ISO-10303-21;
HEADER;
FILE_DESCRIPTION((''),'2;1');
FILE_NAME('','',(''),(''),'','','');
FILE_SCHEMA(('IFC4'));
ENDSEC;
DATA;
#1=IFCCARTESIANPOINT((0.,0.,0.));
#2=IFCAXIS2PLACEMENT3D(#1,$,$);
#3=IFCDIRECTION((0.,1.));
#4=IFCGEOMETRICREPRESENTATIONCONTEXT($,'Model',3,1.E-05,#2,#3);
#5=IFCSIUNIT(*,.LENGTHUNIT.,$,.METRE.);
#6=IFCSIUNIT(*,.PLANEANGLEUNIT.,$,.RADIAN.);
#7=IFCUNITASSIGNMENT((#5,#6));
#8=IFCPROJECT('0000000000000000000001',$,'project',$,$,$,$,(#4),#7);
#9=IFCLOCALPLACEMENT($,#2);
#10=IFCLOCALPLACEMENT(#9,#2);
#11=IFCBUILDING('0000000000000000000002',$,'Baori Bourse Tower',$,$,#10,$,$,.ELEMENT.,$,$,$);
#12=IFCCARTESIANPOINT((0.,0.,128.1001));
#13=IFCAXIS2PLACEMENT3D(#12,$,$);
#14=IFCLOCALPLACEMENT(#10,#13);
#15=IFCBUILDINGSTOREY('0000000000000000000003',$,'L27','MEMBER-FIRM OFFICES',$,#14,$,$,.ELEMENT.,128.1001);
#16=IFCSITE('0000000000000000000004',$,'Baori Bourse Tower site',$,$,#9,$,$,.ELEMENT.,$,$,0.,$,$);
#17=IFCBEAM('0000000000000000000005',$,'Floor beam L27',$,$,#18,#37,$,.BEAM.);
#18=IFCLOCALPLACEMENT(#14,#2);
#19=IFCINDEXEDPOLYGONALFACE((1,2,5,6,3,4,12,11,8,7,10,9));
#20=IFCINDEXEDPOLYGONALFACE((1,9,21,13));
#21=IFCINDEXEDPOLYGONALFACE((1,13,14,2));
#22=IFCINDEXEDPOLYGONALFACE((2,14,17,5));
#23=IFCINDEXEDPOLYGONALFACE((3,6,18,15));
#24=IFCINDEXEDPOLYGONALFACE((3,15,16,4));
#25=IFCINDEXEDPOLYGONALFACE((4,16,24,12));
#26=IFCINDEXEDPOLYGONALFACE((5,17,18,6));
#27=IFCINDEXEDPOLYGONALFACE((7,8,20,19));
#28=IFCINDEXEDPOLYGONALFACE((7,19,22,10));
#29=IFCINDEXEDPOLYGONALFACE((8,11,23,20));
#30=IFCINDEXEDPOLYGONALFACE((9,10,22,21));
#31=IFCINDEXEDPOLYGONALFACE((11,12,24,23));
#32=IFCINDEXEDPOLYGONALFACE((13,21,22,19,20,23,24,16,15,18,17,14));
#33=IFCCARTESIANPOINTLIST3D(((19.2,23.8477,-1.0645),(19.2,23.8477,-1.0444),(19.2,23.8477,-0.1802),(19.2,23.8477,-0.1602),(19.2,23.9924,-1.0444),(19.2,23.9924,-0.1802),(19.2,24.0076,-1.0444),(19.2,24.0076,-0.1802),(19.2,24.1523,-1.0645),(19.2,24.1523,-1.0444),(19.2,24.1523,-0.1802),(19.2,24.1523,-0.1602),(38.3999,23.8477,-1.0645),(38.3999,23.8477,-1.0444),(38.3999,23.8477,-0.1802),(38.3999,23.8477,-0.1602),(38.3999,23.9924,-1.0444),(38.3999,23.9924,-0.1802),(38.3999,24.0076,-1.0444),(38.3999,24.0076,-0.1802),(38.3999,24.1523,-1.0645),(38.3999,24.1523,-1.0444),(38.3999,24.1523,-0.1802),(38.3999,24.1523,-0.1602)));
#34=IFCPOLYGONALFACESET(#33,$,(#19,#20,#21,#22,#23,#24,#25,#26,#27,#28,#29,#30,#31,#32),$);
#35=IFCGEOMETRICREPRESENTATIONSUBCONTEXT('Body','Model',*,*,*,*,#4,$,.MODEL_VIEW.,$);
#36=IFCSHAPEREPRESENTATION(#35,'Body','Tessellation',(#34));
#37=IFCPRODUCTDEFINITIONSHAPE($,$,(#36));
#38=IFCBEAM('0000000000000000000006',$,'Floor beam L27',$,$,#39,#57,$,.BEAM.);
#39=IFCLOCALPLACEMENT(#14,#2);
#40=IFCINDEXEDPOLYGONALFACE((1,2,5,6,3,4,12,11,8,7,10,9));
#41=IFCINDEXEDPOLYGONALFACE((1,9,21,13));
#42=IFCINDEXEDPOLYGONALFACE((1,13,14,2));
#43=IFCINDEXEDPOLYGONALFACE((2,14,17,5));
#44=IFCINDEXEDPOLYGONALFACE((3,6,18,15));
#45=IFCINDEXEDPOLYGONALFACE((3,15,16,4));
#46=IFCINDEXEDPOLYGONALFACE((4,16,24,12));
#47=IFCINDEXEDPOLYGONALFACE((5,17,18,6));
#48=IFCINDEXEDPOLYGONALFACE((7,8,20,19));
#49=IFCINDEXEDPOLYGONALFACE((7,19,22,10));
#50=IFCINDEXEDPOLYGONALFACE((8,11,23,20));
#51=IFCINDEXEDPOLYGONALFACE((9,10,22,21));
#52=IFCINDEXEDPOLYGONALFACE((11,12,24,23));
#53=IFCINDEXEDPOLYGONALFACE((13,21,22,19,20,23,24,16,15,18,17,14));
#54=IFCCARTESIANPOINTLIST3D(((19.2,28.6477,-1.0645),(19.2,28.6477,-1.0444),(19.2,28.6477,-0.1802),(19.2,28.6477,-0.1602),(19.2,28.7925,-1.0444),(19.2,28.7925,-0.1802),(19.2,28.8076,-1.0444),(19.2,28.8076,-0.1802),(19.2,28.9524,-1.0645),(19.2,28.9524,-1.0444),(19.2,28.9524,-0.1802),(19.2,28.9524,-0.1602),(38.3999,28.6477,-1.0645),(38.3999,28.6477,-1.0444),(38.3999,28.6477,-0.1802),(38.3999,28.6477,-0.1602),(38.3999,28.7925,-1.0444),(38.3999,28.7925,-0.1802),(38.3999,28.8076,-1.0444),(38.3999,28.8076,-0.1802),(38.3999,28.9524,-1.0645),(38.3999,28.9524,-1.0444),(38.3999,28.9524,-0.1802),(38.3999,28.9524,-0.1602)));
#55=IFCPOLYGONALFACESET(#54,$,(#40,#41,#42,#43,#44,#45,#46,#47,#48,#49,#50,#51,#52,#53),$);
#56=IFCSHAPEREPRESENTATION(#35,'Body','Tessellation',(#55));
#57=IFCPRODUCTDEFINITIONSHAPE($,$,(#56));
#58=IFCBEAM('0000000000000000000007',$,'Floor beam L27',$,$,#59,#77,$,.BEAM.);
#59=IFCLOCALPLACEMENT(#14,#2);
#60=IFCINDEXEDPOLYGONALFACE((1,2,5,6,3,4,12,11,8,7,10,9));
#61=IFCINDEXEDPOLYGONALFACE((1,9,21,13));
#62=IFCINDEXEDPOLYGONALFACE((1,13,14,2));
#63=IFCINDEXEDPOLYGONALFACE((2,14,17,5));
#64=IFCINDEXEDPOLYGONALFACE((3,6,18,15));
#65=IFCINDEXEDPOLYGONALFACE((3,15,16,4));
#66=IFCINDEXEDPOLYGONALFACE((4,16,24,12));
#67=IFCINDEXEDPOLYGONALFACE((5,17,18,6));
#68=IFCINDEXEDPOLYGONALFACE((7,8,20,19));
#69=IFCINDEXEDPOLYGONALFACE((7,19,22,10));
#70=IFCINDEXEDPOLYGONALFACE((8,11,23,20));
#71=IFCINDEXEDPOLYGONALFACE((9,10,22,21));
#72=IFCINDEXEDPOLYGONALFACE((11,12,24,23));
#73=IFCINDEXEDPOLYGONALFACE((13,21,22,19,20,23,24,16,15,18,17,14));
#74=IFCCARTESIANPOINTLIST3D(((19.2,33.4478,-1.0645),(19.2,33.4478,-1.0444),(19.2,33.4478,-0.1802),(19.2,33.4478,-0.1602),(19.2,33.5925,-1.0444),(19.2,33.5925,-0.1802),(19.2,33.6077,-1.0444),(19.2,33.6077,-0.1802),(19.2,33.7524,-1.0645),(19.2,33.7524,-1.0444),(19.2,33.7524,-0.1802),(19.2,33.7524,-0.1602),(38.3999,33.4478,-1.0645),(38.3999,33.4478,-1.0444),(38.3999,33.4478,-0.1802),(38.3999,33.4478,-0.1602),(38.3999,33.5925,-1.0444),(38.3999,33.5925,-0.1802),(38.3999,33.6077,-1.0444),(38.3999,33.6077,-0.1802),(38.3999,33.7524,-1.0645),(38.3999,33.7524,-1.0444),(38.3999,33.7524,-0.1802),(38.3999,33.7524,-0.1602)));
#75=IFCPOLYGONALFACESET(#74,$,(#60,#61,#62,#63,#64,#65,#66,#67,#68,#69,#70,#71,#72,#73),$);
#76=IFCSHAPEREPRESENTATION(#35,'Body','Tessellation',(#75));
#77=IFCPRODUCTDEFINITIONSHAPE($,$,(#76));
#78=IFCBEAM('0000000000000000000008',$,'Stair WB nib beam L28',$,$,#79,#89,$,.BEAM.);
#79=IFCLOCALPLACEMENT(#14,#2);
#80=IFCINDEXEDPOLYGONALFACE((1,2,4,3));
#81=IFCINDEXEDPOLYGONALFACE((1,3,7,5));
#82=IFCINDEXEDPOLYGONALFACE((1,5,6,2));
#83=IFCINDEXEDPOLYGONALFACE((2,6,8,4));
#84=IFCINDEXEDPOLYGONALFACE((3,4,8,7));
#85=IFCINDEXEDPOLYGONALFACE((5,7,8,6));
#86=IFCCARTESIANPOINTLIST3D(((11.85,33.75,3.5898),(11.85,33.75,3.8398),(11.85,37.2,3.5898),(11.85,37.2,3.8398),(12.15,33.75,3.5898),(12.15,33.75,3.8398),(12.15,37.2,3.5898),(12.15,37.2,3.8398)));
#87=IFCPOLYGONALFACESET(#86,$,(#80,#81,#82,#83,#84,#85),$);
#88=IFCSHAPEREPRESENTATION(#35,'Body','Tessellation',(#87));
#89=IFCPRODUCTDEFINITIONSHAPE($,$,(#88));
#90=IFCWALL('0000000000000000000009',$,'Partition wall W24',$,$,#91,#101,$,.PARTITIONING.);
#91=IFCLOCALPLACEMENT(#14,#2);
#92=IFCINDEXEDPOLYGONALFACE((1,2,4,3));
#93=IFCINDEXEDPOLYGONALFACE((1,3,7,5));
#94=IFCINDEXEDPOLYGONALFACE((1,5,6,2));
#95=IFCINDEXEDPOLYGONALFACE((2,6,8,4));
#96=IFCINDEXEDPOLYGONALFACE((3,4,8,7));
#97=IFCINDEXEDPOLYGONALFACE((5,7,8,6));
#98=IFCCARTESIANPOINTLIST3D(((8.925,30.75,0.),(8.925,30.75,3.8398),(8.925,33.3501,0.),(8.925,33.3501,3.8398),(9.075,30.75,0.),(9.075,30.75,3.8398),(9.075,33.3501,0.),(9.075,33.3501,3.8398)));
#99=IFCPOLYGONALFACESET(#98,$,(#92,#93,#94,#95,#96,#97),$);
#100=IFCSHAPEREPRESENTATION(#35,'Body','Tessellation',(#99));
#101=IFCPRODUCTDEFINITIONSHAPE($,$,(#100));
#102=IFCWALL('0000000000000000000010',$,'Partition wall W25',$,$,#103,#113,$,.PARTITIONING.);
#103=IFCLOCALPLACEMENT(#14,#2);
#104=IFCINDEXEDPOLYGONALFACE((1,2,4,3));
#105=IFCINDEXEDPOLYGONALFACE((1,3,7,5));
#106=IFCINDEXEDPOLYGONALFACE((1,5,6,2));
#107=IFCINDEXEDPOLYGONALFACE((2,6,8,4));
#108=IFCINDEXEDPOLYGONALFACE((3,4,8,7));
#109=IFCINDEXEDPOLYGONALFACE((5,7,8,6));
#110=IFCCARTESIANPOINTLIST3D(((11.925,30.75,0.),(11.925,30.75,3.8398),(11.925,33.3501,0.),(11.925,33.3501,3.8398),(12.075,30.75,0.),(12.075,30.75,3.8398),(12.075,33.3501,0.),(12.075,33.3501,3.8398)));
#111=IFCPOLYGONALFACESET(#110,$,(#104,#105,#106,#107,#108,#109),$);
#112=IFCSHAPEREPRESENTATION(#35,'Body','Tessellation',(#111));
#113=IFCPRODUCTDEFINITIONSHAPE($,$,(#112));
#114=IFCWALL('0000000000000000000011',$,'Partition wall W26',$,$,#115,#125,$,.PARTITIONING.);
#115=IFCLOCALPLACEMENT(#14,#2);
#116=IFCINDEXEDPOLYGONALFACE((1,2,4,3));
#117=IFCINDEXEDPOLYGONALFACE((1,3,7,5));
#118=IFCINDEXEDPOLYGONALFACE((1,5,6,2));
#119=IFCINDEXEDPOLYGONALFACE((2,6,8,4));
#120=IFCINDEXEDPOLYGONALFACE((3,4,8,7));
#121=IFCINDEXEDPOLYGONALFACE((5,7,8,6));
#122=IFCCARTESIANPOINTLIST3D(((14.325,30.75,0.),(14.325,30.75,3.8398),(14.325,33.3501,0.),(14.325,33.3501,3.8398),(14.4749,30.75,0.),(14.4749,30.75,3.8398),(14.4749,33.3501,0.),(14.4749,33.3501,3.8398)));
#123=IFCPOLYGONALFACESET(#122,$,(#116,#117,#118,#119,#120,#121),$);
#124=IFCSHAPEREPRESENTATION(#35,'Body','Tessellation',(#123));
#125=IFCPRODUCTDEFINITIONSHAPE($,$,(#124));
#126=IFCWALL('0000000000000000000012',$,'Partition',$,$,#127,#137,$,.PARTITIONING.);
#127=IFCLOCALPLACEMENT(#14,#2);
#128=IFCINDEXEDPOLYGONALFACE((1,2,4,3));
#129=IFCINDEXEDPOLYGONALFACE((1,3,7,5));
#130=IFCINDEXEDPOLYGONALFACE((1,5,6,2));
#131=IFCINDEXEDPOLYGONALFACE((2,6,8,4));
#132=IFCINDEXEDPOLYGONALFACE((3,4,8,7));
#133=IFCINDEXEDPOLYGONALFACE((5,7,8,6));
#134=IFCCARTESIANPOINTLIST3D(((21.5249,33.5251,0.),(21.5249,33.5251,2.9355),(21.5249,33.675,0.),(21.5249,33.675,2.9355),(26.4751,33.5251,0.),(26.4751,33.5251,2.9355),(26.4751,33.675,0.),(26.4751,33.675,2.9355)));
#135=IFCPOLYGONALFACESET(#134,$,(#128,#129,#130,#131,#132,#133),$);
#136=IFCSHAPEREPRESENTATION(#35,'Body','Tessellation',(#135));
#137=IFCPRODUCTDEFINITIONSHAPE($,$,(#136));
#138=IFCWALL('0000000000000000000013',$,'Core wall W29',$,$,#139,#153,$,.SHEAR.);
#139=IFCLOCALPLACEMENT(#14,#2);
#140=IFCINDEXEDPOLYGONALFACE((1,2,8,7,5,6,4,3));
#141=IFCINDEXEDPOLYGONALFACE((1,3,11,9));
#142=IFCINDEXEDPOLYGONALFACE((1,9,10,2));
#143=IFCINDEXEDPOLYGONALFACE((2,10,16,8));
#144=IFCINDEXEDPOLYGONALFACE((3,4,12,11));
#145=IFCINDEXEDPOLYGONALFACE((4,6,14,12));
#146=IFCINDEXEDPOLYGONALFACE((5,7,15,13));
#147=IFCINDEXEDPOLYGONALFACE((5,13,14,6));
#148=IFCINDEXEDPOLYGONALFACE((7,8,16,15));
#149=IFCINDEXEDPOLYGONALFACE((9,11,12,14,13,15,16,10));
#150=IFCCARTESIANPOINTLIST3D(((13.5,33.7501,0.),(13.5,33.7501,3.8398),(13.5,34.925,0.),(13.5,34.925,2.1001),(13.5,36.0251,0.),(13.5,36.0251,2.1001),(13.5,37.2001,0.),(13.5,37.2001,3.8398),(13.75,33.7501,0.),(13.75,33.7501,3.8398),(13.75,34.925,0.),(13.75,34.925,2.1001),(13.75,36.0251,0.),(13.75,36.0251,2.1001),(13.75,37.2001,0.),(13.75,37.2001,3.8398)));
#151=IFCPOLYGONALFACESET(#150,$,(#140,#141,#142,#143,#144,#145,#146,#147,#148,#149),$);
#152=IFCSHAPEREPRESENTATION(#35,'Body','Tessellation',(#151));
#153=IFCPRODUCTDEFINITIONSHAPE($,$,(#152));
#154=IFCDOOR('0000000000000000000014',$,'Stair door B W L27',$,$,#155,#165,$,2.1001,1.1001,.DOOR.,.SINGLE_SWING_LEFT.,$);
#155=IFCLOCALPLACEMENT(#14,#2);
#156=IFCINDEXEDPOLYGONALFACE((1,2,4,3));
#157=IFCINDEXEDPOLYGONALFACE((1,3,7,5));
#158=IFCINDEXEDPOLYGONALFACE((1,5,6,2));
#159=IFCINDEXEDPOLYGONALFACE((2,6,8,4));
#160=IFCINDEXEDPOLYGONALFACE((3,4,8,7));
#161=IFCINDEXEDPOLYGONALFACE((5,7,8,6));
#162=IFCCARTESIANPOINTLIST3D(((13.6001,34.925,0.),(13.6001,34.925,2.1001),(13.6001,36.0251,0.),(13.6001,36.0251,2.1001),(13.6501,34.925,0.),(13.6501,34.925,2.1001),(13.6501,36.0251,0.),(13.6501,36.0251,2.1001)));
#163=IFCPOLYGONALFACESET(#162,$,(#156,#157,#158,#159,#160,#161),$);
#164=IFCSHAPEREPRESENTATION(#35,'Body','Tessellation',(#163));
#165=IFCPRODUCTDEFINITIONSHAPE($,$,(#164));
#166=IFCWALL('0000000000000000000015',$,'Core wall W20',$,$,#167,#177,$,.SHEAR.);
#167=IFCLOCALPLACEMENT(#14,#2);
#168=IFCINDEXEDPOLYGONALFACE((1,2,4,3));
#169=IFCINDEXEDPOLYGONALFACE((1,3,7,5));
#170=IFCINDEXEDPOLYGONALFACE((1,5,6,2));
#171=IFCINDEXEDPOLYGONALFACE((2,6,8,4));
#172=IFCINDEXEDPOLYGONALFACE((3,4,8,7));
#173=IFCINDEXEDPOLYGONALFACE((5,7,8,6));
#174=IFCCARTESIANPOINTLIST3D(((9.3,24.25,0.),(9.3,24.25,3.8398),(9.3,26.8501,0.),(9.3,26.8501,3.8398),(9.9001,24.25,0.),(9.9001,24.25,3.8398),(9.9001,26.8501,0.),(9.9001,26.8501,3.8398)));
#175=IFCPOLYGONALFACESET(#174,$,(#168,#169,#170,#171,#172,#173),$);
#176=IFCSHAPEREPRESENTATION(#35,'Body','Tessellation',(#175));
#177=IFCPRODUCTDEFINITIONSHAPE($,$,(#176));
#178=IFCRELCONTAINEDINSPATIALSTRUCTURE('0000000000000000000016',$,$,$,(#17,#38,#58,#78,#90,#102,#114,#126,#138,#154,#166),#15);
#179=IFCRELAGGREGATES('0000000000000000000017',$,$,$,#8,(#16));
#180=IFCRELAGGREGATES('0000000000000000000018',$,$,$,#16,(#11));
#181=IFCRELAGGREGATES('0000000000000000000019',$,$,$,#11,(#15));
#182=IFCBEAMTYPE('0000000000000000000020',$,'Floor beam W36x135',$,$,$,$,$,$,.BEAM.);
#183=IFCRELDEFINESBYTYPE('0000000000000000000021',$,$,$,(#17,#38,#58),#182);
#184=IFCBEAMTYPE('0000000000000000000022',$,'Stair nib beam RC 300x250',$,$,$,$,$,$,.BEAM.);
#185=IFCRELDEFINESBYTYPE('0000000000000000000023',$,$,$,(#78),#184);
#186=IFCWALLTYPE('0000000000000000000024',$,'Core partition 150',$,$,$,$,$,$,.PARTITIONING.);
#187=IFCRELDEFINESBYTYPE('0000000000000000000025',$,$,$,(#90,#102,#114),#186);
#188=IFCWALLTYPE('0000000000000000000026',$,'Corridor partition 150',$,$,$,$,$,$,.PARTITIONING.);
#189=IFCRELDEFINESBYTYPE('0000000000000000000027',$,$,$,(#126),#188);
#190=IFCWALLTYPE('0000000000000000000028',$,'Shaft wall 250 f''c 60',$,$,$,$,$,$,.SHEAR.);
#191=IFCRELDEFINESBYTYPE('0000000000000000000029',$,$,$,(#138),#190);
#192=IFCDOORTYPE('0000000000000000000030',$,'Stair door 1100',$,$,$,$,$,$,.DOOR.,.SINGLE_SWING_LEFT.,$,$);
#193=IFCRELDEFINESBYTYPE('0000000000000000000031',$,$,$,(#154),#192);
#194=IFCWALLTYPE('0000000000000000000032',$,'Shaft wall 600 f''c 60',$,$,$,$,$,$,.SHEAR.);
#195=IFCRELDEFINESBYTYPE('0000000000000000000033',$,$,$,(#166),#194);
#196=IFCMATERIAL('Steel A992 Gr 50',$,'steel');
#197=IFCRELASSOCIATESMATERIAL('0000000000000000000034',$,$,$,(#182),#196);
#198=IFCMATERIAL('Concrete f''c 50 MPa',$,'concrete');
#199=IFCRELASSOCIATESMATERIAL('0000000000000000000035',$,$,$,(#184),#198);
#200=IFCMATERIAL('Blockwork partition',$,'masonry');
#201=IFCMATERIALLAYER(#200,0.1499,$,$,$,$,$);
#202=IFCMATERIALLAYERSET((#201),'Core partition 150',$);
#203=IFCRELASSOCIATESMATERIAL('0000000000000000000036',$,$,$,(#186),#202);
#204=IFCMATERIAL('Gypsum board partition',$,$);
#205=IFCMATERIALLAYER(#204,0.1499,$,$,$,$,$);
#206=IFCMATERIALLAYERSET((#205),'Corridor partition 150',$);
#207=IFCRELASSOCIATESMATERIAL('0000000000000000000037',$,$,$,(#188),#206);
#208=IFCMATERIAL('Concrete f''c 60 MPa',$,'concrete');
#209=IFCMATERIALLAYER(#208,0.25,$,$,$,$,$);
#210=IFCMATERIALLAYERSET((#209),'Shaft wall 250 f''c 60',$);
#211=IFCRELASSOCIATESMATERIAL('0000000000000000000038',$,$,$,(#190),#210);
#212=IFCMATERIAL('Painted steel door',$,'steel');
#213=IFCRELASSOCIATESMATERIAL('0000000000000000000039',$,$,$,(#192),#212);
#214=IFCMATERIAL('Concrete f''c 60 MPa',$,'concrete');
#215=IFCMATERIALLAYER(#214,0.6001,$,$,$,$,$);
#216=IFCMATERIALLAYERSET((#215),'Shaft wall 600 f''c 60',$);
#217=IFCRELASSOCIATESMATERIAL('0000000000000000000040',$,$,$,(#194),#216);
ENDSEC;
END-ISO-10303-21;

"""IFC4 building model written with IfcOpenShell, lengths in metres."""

from ifc_helpers import new_model, si_unit, direction, frame, frame_2d, origin, origin_2d, place, context, subcontext, project, spatial, rectangle, i_section, extrude, material, layer, layer_set, material_profile, profile_set, type_object, element, fill, save


model = new_model("IFC4")

# Units and contexts
model_context = context("Model", 3, precision=1e-05, world=origin(), true_north=direction((0.0, 1.0)))
body_context = subcontext(model_context, "Body", "Model", "MODEL_VIEW")
ifc_project = project(units=[si_unit("LENGTHUNIT", "METRE"), si_unit("PLANEANGLEUNIT", "RADIAN")], contexts=[model_context])

# Site, building, storey
site_placement = place(None, origin())
site = spatial("IfcSite", under=ifc_project, at=site_placement, Name="Baori Bourse Tower site", CompositionType="ELEMENT", RefElevation=0.0)
building_placement = place(site_placement, origin())
building = spatial("IfcBuilding", under=site, at=building_placement, Name="Baori Bourse Tower", CompositionType="ELEMENT")
storey_placement = place(building_placement, frame((0.0, 0.0, 128.1001)))
storey = spatial("IfcBuildingStorey", under=building, at=storey_placement, Name="L27", Description="MEMBER-FIRM OFFICES", CompositionType="ELEMENT", Elevation=128.1001)

# Beams
ifc_material_1 = material(Name="Steel A992 Gr 50", Category="steel")
ifc_material_profile_1 = material_profile(ifc_material_1, i_section(OverallWidth=0.3047, OverallDepth=0.9043, WebThickness=0.0151, FlangeThickness=0.02, at=origin_2d()), Name="W36x135")
ifc_profile_set_1 = profile_set([ifc_material_profile_1], Name="Steel A992 Gr 50")
beam_type_1 = type_object("IfcBeamType", Name="Floor beam W36x135", PredefinedType="BEAM", material=ifc_profile_set_1)
for number, where, z_axis, x_axis, name in (
    (1, (19.2, 24.0, -0.6123), (1.0, 0.0, 0.0), (0.0, 1.0, 0.0), "Floor beam L27"),
    (2, (19.2, 28.8, -0.6123), (1.0, 0.0, 0.0), (0.0, 1.0, 0.0), "Floor beam L27"),
    (3, (19.2, 33.6001, -0.6123), (1.0, 0.0, 0.0), (0.0, 1.0, 0.0), "Floor beam L27"),
):
    element("IfcBeam", number, at=place(storey_placement, frame(where, z_axis=z_axis, x_axis=x_axis)), inside=storey, type_object=beam_type_1, Name=name, PredefinedType="BEAM", context=body_context, shape_type="SweptSolid", body=[
        extrude(i_section(OverallWidth=0.3047, OverallDepth=0.9043, WebThickness=0.0151, FlangeThickness=0.02, at=origin_2d()), origin(), (0.0, 0.0, 1.0), 19.2),
    ])
ifc_material_2 = material(Name="Concrete f'c 50 MPa", Category="concrete")
ifc_material_profile_2 = material_profile(ifc_material_2, rectangle(XDim=0.3, YDim=0.25, at=origin_2d()), Name="RC 300x250")
ifc_profile_set_2 = profile_set([ifc_material_profile_2], Name="Concrete f'c 50 MPa")
beam_type_2 = type_object("IfcBeamType", Name="Stair nib beam RC 300x250", PredefinedType="BEAM", material=ifc_profile_set_2)
beam_placement = place(storey_placement, frame((12.0, 33.75, 3.7148), z_axis=(0.0, 1.0, 0.0), x_axis=(-1.0, 0.0, 0.0)))
element("IfcBeam", 4, at=beam_placement, inside=storey, type_object=beam_type_2, Name="Stair WB nib beam L28", PredefinedType="BEAM", context=body_context, shape_type="SweptSolid", body=[
    extrude(rectangle(XDim=0.3, YDim=0.25, at=origin_2d()), origin(), (0.0, 0.0, 1.0), 3.45),
])

# Walls
ifc_material_3 = material(Name="Blockwork partition", Category="masonry")
ifc_layer_1 = layer(ifc_material_3, 0.1499)
ifc_layer_set_1 = layer_set([ifc_layer_1], Name="Core partition 150")
wall_type_1 = type_object("IfcWallType", Name="Core partition 150", PredefinedType="PARTITIONING", material=ifc_layer_set_1)
for number, where, z_axis, x_axis, name in (
    (5, (9.0, 30.75, 0.0), (0.0, 0.0, 1.0), (0.0, 1.0, 0.0), "Partition wall W24"),
    (6, (12.0, 30.75, 0.0), (0.0, 0.0, 1.0), (0.0, 1.0, 0.0), "Partition wall W25"),
    (7, (14.3999, 30.75, 0.0), (0.0, 0.0, 1.0), (0.0, 1.0, 0.0), "Partition wall W26"),
):
    element("IfcWall", number, at=place(storey_placement, frame(where, z_axis=z_axis, x_axis=x_axis)), inside=storey, type_object=wall_type_1, Name=name, PredefinedType="PARTITIONING", context=body_context, shape_type="SweptSolid", body=[
        extrude(rectangle(XDim=2.6001, YDim=0.1499, at=frame_2d((1.3, 0.0))), origin(), (0.0, 0.0, 1.0), 3.8398),
    ])
ifc_material_4 = material(Name="Gypsum board partition")
ifc_layer_2 = layer(ifc_material_4, 0.1499)
ifc_layer_set_2 = layer_set([ifc_layer_2], Name="Corridor partition 150")
wall_type_2 = type_object("IfcWallType", Name="Corridor partition 150", PredefinedType="PARTITIONING", material=ifc_layer_set_2)
wall_1_placement = place(storey_placement, frame((21.5249, 33.6001, 0.0), z_axis=(0.0, 0.0, 1.0), x_axis=(1.0, 0.0, 0.0)))
element("IfcWall", 8, at=wall_1_placement, inside=storey, type_object=wall_type_2, Name="Partition", PredefinedType="PARTITIONING", context=body_context, shape_type="SweptSolid", body=[
    extrude(rectangle(XDim=4.9502, YDim=0.1499, at=frame_2d((2.4751, 0.0))), origin(), (0.0, 0.0, 1.0), 2.9355),
])

# Wall, opening, door
ifc_material_5 = material(Name="Concrete f'c 60 MPa", Category="concrete")
ifc_layer_3 = layer(ifc_material_5, 0.25)
ifc_layer_set_3 = layer_set([ifc_layer_3], Name="Shaft wall 250 f'c 60")
wall_type_3 = type_object("IfcWallType", Name="Shaft wall 250 f'c 60", PredefinedType="SHEAR", material=ifc_layer_set_3)
wall_2_placement = place(storey_placement, frame((13.625, 33.75, 0.0), z_axis=(0.0, 0.0, 1.0), x_axis=(0.0, 1.0, 0.0)))
wall_2 = element("IfcWall", 9, at=wall_2_placement, inside=storey, type_object=wall_type_3, Name="Core wall W29", PredefinedType="SHEAR", context=body_context, shape_type="SweptSolid", body=[
    extrude(rectangle(XDim=3.45, YDim=0.25, at=frame_2d((1.7251, 0.0))), origin(), (0.0, 0.0, 1.0), 3.8398),
])
opening_placement = place(wall_2_placement, frame((1.175, 0.0, 0.0)))
opening = element("IfcOpeningElement", 10, at=opening_placement, cuts=wall_2, PredefinedType="OPENING", context=body_context, shape_type="SweptSolid", body=[
    extrude(rectangle(XDim=1.1001, YDim=2.1001, at=frame_2d((0.55, 1.05))), frame((0.0, 0.135, 0.0), z_axis=(0.0, -1.0, 0.0), x_axis=(1.0, 0.0, 0.0)), (0.0, 0.0, 1.0), 0.27),
])
ifc_material_6 = material(Name="Painted steel door", Category="steel")
door_type = type_object("IfcDoorType", Name="Stair door 1100", OperationType="SINGLE_SWING_LEFT", PredefinedType="DOOR", material=ifc_material_6)
door_placement = place(opening_placement, origin())
door = element("IfcDoor", 11, at=door_placement, inside=storey, type_object=door_type, Name="Stair door B W L27", OperationType="SINGLE_SWING_LEFT", OverallHeight=2.1001, OverallWidth=1.1001, PredefinedType="DOOR", context=body_context, shape_type="SweptSolid", body=[
    extrude(rectangle(XDim=1.1001, YDim=2.1001, at=frame_2d((0.55, 1.05))), frame((0.0, 0.0249, 0.0), z_axis=(0.0, -1.0, 0.0), x_axis=(1.0, 0.0, 0.0)), (0.0, 0.0, 1.0), 0.05),
])
fill(opening, door)

# Wall
ifc_material_7 = material(Name="Concrete f'c 60 MPa", Category="concrete")
ifc_layer_4 = layer(ifc_material_7, 0.6001)
ifc_layer_set_4 = layer_set([ifc_layer_4], Name="Shaft wall 600 f'c 60")
wall_type_4 = type_object("IfcWallType", Name="Shaft wall 600 f'c 60", PredefinedType="SHEAR", material=ifc_layer_set_4)
wall_3_placement = place(storey_placement, frame((9.6001, 24.25, 0.0), z_axis=(0.0, 0.0, 1.0), x_axis=(0.0, 1.0, 0.0)))
element("IfcWall", 12, at=wall_3_placement, inside=storey, type_object=wall_type_4, Name="Core wall W20", PredefinedType="SHEAR", context=body_context, shape_type="SweptSolid", body=[
    extrude(rectangle(XDim=2.6001, YDim=0.6001, at=frame_2d((1.3, 0.0))), origin(), (0.0, 0.0, 1.0), 3.8398),
])

save(model, "model.ifc")
